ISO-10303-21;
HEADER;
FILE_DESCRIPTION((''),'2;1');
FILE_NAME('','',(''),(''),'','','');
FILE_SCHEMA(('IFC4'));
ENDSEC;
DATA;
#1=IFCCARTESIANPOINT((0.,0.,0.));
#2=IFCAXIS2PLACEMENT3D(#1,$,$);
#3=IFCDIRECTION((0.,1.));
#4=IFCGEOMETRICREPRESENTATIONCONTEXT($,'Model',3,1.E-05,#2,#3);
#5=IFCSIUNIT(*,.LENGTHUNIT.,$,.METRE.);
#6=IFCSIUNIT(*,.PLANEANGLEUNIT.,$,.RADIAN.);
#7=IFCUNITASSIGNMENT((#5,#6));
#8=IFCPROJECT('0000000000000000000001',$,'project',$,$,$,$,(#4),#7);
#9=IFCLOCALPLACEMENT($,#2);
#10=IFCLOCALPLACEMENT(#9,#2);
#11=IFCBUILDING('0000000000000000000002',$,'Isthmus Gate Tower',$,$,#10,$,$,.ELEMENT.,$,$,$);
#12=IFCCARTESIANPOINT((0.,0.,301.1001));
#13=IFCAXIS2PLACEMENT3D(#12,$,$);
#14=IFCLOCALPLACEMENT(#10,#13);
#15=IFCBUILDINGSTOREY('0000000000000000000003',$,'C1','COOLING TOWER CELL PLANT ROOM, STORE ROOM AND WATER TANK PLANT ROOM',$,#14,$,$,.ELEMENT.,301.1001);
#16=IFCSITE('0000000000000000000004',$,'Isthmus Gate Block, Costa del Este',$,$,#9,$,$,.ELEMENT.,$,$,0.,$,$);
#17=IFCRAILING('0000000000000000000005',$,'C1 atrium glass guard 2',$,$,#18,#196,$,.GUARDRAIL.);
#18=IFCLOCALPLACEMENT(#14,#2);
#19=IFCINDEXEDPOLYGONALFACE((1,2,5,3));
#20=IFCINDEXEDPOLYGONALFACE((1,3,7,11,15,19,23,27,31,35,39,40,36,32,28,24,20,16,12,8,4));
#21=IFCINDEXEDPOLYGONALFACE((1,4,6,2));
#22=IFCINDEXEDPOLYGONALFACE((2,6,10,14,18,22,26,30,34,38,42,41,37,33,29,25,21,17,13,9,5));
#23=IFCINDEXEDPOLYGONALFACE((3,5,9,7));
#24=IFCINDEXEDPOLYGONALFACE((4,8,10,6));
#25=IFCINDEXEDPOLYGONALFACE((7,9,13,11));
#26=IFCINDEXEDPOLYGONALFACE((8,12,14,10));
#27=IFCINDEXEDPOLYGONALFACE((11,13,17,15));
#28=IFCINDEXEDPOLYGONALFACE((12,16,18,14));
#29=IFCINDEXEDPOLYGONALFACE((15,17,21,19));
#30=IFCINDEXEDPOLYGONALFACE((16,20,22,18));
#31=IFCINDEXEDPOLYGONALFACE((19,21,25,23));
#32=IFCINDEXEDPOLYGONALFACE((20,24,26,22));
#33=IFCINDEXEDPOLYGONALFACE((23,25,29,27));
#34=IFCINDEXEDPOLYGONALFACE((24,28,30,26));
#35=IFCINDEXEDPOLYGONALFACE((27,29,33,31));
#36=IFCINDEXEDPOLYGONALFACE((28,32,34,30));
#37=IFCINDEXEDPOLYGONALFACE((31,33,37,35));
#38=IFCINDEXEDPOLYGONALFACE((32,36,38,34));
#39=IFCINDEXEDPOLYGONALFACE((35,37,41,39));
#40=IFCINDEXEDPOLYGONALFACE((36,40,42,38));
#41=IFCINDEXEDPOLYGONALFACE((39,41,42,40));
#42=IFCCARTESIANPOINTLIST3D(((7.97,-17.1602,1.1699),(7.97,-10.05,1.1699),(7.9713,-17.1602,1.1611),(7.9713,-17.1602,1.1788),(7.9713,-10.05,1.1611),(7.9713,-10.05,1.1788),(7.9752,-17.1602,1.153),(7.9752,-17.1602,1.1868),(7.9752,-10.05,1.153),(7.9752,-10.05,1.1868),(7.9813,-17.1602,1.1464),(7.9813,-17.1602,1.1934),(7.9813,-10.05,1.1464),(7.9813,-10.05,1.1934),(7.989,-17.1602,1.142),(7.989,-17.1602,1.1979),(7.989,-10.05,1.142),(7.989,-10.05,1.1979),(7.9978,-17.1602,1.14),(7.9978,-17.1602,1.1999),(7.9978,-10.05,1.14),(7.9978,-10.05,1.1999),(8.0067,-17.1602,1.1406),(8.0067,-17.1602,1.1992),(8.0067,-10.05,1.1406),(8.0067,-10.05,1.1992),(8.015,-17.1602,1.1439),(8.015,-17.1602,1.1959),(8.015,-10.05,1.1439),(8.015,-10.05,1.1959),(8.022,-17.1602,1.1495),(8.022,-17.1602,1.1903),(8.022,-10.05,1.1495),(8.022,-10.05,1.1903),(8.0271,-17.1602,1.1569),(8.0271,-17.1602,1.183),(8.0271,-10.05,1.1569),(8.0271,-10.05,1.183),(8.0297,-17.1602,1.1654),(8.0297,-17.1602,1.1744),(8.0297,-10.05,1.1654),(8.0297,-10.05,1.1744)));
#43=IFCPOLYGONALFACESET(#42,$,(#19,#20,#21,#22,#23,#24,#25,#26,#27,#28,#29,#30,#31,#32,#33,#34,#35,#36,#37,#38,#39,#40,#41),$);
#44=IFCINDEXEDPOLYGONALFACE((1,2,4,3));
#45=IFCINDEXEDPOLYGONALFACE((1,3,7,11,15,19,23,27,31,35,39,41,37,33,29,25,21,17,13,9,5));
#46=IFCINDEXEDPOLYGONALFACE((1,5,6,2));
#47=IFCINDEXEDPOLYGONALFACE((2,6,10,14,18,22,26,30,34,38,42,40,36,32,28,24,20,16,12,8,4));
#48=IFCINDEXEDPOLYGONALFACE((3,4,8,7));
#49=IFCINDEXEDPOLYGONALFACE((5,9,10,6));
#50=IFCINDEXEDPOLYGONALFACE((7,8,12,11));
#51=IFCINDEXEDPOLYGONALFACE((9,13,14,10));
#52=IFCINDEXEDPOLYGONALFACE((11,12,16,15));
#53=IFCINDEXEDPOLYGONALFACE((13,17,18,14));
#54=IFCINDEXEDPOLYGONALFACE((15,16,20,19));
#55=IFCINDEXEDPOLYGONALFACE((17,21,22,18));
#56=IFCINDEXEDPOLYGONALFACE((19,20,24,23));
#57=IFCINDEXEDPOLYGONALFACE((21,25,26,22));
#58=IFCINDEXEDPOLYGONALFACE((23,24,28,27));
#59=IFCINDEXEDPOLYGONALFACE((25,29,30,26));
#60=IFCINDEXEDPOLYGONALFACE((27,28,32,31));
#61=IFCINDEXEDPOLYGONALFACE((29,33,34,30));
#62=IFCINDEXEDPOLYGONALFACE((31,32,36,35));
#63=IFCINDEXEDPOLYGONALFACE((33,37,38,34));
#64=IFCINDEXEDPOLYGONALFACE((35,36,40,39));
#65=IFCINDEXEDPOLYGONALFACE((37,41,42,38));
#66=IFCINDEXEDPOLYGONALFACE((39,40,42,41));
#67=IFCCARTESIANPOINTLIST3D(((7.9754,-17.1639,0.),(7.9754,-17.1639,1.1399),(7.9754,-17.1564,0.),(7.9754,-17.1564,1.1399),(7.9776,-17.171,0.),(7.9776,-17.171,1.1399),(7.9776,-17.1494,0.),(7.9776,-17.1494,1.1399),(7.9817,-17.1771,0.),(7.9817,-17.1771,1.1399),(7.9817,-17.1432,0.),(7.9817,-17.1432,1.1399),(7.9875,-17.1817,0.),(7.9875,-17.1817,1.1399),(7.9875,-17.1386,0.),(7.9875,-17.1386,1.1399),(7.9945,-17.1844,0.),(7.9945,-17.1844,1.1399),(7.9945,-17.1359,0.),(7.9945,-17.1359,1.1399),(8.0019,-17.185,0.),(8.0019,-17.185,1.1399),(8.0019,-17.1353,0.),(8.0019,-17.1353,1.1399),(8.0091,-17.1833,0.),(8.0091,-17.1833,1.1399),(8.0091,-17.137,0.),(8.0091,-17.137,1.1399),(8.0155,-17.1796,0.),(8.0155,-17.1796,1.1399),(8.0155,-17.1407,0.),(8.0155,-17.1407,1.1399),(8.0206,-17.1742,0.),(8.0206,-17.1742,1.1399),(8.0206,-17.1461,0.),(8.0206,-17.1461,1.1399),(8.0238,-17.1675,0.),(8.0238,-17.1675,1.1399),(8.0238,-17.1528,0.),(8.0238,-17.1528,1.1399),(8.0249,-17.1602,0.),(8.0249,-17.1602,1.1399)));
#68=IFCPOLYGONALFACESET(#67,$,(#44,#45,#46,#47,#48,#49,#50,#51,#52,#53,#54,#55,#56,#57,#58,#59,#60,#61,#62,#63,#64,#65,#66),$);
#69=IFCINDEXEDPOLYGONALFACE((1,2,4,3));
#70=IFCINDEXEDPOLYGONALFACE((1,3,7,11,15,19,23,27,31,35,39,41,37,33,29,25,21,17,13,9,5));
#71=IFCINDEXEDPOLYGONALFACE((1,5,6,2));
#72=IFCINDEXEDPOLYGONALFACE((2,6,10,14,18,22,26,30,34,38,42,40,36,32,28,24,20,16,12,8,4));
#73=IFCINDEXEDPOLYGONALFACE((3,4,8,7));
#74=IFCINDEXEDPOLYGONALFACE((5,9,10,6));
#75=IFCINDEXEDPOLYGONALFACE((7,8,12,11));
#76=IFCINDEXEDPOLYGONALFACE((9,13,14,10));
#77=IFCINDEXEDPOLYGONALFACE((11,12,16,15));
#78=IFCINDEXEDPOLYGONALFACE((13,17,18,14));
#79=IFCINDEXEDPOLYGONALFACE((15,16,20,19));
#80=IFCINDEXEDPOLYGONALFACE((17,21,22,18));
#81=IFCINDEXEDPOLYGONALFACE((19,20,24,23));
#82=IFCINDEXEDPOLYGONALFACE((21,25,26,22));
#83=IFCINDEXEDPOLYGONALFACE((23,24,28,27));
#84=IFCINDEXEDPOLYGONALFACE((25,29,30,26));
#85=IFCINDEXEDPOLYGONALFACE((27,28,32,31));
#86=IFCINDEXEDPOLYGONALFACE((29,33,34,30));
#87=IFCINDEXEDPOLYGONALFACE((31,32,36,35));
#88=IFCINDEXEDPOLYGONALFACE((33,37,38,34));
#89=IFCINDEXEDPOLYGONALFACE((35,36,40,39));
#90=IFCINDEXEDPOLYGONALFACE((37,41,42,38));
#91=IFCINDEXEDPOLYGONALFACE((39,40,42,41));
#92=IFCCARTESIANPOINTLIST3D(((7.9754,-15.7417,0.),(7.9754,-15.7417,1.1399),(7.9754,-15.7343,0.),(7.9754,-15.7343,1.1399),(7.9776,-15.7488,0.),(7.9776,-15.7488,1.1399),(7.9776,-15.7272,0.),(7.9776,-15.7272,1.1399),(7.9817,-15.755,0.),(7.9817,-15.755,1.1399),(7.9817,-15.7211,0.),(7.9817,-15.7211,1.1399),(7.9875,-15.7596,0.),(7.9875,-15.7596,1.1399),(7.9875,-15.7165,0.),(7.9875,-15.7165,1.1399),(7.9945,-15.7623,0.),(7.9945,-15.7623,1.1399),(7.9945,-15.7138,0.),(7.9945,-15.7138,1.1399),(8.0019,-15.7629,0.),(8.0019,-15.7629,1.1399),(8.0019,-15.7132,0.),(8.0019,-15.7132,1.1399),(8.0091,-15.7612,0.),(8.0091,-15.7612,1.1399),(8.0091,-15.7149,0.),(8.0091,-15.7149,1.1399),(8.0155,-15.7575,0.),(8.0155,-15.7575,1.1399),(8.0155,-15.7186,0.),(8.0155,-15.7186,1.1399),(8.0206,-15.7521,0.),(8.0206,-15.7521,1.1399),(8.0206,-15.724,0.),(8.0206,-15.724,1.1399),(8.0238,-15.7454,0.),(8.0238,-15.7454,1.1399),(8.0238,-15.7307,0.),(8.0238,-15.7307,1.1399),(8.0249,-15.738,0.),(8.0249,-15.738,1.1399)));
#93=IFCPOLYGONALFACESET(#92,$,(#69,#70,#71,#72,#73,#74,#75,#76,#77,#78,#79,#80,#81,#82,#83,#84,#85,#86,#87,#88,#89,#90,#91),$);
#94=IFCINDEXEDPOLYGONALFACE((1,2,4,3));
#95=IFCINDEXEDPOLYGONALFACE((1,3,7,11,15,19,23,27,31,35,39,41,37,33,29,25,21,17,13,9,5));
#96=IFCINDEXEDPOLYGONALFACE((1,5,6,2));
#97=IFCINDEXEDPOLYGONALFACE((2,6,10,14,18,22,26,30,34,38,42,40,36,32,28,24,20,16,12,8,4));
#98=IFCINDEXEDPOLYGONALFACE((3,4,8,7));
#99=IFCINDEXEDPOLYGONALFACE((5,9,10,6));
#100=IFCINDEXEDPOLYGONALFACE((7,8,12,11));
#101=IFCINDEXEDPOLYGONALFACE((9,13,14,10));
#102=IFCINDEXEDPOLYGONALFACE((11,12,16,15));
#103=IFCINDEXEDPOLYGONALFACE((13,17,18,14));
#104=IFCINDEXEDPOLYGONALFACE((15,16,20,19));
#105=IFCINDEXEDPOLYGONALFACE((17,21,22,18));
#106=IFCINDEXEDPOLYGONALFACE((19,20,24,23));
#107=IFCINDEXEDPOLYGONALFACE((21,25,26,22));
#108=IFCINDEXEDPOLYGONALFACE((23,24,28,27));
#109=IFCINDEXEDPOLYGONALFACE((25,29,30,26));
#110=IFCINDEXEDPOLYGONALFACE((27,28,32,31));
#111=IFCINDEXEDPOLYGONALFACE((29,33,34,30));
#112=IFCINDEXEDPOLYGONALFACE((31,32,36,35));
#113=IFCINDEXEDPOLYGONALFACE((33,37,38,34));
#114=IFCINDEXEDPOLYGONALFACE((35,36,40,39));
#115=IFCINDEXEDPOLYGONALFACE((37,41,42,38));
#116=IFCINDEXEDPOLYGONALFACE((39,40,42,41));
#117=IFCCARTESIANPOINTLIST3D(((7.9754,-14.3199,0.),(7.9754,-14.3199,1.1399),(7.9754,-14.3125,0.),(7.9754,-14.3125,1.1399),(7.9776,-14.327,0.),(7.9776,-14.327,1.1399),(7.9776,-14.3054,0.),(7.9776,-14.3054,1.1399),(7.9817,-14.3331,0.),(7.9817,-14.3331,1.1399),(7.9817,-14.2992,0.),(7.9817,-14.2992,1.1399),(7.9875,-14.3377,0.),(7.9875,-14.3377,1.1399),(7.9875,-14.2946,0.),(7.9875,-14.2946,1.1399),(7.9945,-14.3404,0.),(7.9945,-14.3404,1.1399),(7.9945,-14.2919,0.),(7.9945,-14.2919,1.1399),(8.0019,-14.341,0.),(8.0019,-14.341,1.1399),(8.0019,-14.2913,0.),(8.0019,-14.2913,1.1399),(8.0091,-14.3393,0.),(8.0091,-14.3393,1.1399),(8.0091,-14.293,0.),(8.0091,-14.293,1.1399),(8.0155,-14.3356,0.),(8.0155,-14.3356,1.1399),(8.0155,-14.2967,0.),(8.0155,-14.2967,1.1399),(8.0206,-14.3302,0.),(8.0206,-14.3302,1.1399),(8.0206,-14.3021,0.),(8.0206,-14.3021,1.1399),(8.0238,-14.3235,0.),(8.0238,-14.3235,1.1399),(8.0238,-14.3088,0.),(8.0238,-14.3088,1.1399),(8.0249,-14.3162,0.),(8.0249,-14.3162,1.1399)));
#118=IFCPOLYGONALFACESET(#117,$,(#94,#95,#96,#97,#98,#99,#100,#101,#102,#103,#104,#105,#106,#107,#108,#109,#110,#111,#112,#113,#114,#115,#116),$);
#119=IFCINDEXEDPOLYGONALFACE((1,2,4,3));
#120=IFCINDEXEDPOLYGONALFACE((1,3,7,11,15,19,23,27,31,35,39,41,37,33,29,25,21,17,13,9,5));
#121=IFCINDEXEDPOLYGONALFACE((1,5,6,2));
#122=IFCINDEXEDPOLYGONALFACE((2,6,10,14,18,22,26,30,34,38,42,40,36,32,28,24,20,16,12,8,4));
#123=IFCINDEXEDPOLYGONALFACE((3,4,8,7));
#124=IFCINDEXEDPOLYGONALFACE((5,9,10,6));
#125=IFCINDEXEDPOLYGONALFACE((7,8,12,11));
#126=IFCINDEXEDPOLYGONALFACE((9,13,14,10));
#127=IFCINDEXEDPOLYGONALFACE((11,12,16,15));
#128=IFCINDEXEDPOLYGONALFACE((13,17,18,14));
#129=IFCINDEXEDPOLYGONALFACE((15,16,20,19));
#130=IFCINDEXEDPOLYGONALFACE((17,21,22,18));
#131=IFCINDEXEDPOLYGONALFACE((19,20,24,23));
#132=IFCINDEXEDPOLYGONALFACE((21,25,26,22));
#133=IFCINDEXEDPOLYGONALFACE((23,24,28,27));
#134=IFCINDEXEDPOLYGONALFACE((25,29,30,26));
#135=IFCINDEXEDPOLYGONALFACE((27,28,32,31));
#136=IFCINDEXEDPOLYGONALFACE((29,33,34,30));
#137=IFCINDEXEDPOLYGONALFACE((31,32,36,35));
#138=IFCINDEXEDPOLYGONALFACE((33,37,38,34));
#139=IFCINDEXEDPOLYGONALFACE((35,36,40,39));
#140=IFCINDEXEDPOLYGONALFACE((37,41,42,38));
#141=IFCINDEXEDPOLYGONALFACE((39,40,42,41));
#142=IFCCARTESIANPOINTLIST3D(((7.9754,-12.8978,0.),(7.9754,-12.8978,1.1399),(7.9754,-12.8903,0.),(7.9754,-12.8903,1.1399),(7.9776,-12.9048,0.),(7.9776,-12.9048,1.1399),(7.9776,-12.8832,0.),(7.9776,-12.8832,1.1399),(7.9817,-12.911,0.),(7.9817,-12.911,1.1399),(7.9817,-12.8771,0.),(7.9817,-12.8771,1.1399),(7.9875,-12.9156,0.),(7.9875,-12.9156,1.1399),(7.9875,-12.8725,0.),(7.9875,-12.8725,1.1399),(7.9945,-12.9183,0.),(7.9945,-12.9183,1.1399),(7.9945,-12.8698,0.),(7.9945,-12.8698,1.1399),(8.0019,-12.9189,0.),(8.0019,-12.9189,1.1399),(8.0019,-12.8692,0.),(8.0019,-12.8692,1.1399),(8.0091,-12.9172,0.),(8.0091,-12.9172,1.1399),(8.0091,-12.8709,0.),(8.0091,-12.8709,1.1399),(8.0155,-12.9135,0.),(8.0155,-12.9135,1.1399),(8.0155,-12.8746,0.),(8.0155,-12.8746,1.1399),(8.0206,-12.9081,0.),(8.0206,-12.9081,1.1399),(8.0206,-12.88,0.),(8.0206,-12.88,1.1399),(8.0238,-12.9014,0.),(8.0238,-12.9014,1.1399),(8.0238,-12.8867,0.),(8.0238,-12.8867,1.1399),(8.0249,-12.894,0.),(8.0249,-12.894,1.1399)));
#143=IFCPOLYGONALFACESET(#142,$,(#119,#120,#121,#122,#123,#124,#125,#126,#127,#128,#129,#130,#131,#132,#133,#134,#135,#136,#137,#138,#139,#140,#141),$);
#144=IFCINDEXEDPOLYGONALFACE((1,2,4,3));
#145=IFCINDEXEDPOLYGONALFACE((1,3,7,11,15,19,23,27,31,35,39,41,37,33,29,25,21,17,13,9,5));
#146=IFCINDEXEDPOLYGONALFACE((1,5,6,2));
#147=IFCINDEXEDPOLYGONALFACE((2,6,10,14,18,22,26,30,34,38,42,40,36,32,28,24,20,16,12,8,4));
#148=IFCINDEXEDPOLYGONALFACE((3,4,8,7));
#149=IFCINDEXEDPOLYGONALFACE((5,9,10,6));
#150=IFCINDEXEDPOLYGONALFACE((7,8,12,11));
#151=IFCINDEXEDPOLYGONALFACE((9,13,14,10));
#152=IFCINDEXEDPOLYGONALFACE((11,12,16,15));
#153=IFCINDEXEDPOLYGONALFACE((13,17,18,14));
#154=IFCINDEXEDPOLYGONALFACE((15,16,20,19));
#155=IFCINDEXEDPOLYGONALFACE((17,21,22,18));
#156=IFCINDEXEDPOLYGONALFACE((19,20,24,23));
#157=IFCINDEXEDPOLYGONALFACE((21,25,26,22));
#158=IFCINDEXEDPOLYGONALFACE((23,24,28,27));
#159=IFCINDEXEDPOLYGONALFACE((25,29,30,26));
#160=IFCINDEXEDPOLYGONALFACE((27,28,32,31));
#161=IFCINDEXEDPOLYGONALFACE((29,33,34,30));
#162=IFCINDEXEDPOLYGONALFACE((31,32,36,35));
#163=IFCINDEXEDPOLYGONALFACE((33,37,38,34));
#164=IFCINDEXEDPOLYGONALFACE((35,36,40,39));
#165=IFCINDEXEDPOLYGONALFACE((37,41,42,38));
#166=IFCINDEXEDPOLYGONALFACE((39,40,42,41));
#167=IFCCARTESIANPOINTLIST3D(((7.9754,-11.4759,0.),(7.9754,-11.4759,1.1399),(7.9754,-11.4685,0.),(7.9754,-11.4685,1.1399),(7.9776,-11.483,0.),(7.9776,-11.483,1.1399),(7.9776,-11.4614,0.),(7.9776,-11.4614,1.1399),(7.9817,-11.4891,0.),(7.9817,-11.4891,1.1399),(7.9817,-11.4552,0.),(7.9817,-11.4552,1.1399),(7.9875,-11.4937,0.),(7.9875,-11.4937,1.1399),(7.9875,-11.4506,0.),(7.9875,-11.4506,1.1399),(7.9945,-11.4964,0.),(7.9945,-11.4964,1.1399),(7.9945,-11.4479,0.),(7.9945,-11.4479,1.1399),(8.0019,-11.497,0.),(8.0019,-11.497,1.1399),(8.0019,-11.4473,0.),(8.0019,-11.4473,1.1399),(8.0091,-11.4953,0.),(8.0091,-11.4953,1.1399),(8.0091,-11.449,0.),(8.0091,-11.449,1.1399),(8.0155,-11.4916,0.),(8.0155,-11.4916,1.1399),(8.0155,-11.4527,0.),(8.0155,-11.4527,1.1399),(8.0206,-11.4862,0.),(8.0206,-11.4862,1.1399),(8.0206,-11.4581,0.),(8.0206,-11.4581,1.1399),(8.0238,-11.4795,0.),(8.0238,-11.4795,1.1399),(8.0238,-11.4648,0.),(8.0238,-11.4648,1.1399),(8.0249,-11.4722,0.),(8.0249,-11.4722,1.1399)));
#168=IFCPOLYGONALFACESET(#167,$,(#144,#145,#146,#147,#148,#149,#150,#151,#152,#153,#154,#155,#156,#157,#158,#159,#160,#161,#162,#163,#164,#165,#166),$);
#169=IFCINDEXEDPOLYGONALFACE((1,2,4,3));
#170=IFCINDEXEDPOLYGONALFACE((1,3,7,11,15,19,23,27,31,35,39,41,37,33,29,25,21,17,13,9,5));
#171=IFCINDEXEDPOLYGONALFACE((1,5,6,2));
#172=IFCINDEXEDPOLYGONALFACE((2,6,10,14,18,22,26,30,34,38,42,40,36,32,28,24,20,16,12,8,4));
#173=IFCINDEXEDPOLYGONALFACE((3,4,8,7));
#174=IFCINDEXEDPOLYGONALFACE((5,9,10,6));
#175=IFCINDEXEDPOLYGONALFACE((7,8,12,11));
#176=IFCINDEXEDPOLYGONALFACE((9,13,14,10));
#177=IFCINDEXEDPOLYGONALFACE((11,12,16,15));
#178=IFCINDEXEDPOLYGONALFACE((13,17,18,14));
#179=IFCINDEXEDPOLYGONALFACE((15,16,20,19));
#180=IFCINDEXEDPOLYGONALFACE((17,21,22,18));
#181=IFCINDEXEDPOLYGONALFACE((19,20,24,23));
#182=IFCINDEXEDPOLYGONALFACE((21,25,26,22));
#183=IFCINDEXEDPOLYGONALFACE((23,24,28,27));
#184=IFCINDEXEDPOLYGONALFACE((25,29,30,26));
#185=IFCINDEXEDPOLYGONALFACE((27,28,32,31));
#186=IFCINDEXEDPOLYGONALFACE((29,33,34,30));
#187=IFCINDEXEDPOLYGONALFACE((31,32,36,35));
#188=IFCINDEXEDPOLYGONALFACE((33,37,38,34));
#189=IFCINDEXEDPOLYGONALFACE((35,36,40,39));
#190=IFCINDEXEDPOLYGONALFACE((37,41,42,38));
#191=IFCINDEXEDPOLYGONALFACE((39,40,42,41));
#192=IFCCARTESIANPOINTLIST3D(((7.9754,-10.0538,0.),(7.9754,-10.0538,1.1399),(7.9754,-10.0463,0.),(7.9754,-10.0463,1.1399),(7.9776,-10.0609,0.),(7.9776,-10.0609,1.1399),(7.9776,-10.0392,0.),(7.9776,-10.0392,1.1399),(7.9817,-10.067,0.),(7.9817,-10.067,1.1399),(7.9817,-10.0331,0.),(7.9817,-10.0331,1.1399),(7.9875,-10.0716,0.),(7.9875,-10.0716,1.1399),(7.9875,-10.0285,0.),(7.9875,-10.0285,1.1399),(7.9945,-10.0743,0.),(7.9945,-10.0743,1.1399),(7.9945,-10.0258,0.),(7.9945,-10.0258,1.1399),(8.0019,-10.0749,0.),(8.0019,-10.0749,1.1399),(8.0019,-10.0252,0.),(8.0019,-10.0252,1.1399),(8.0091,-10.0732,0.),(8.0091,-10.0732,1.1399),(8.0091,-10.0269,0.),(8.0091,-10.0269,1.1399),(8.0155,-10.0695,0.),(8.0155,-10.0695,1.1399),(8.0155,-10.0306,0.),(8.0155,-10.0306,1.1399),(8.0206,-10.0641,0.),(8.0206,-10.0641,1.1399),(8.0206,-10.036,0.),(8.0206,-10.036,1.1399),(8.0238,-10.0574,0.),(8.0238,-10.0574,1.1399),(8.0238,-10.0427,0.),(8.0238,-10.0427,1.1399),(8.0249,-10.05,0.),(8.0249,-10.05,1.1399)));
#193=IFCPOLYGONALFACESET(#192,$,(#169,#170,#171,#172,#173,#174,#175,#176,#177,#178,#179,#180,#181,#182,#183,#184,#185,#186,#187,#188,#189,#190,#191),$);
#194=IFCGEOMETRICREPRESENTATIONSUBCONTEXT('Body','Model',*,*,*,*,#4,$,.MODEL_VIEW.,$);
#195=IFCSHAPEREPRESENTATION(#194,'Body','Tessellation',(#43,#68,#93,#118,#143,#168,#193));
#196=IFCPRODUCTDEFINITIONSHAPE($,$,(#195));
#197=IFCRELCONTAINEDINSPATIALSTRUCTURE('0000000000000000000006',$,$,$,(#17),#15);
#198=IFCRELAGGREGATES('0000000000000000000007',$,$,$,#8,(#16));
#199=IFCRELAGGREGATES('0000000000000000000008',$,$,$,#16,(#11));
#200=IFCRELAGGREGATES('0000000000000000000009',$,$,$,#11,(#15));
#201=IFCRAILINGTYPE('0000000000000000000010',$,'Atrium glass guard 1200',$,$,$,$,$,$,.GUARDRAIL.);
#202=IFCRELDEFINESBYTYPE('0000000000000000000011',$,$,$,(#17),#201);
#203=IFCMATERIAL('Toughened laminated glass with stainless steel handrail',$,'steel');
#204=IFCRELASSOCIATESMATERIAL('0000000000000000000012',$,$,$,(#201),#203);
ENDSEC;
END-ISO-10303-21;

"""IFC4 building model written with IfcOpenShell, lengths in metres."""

from ifc_helpers import new_model, si_unit, direction, frame, origin, origin_2d, place, context, subcontext, project, spatial, circle, extrude, material, type_object, element, save


model = new_model("IFC4")

# Units and contexts
model_context = context("Model", 3, precision=1e-05, world=origin(), true_north=direction((0.0, 1.0)))
body_context = subcontext(model_context, "Body", "Model", "MODEL_VIEW")
ifc_project = project(units=[si_unit("LENGTHUNIT", "METRE"), si_unit("PLANEANGLEUNIT", "RADIAN")], contexts=[model_context])

# Site, building, storey
site_placement = place(None, origin())
site = spatial("IfcSite", under=ifc_project, at=site_placement, Name="Isthmus Gate Block, Costa del Este", CompositionType="ELEMENT", RefElevation=0.0)
building_placement = place(site_placement, origin())
building = spatial("IfcBuilding", under=site, at=building_placement, Name="Isthmus Gate Tower", CompositionType="ELEMENT")
storey_placement = place(building_placement, frame((0.0, 0.0, 301.1001)))
storey = spatial("IfcBuildingStorey", under=building, at=storey_placement, Name="C1", Description="COOLING TOWER CELL PLANT ROOM, STORE ROOM AND WATER TANK PLANT ROOM", CompositionType="ELEMENT", Elevation=301.1001)

# Railing
ifc_material_1 = material(Name="Toughened laminated glass with stainless steel handrail", Category="steel")
railing_type = type_object("IfcRailingType", Name="Atrium glass guard 1200", PredefinedType="GUARDRAIL", material=ifc_material_1)
railing_1_placement = place(storey_placement, frame((8.0, -17.1602, 0.0)))
element("IfcRailing", 1, at=railing_1_placement, inside=storey, type_object=railing_type, Name="C1 atrium glass guard 2", PredefinedType="GUARDRAIL", context=body_context, shape_type="SweptSolid", body=[
    extrude(circle(Radius=0.03, at=origin_2d()), frame((0.0, 0.0, 1.1699), z_axis=(0.0, 1.0, 0.0), x_axis=(-1.0, 0.0, 0.0)), (0.0, 0.0, 1.0), 7.1101),
    extrude(circle(Radius=0.0249, at=origin_2d()), origin(), (0.0, 0.0, 1.0), 1.1399),
    extrude(circle(Radius=0.0249, at=origin_2d()), frame((0.0, 1.4221, 0.0)), (0.0, 0.0, 1.0), 1.1399),
    extrude(circle(Radius=0.0249, at=origin_2d()), frame((0.0, 2.844, 0.0)), (0.0, 0.0, 1.0), 1.1399),
    extrude(circle(Radius=0.0249, at=origin_2d()), frame((0.0, 4.2661, 0.0)), (0.0, 0.0, 1.0), 1.1399),
    extrude(circle(Radius=0.0249, at=origin_2d()), frame((0.0, 5.688, 0.0)), (0.0, 0.0, 1.0), 1.1399),
    extrude(circle(Radius=0.0249, at=origin_2d()), frame((0.0, 7.1101, 0.0)), (0.0, 0.0, 1.0), 1.1399),
])

save(model, "model.ifc")
